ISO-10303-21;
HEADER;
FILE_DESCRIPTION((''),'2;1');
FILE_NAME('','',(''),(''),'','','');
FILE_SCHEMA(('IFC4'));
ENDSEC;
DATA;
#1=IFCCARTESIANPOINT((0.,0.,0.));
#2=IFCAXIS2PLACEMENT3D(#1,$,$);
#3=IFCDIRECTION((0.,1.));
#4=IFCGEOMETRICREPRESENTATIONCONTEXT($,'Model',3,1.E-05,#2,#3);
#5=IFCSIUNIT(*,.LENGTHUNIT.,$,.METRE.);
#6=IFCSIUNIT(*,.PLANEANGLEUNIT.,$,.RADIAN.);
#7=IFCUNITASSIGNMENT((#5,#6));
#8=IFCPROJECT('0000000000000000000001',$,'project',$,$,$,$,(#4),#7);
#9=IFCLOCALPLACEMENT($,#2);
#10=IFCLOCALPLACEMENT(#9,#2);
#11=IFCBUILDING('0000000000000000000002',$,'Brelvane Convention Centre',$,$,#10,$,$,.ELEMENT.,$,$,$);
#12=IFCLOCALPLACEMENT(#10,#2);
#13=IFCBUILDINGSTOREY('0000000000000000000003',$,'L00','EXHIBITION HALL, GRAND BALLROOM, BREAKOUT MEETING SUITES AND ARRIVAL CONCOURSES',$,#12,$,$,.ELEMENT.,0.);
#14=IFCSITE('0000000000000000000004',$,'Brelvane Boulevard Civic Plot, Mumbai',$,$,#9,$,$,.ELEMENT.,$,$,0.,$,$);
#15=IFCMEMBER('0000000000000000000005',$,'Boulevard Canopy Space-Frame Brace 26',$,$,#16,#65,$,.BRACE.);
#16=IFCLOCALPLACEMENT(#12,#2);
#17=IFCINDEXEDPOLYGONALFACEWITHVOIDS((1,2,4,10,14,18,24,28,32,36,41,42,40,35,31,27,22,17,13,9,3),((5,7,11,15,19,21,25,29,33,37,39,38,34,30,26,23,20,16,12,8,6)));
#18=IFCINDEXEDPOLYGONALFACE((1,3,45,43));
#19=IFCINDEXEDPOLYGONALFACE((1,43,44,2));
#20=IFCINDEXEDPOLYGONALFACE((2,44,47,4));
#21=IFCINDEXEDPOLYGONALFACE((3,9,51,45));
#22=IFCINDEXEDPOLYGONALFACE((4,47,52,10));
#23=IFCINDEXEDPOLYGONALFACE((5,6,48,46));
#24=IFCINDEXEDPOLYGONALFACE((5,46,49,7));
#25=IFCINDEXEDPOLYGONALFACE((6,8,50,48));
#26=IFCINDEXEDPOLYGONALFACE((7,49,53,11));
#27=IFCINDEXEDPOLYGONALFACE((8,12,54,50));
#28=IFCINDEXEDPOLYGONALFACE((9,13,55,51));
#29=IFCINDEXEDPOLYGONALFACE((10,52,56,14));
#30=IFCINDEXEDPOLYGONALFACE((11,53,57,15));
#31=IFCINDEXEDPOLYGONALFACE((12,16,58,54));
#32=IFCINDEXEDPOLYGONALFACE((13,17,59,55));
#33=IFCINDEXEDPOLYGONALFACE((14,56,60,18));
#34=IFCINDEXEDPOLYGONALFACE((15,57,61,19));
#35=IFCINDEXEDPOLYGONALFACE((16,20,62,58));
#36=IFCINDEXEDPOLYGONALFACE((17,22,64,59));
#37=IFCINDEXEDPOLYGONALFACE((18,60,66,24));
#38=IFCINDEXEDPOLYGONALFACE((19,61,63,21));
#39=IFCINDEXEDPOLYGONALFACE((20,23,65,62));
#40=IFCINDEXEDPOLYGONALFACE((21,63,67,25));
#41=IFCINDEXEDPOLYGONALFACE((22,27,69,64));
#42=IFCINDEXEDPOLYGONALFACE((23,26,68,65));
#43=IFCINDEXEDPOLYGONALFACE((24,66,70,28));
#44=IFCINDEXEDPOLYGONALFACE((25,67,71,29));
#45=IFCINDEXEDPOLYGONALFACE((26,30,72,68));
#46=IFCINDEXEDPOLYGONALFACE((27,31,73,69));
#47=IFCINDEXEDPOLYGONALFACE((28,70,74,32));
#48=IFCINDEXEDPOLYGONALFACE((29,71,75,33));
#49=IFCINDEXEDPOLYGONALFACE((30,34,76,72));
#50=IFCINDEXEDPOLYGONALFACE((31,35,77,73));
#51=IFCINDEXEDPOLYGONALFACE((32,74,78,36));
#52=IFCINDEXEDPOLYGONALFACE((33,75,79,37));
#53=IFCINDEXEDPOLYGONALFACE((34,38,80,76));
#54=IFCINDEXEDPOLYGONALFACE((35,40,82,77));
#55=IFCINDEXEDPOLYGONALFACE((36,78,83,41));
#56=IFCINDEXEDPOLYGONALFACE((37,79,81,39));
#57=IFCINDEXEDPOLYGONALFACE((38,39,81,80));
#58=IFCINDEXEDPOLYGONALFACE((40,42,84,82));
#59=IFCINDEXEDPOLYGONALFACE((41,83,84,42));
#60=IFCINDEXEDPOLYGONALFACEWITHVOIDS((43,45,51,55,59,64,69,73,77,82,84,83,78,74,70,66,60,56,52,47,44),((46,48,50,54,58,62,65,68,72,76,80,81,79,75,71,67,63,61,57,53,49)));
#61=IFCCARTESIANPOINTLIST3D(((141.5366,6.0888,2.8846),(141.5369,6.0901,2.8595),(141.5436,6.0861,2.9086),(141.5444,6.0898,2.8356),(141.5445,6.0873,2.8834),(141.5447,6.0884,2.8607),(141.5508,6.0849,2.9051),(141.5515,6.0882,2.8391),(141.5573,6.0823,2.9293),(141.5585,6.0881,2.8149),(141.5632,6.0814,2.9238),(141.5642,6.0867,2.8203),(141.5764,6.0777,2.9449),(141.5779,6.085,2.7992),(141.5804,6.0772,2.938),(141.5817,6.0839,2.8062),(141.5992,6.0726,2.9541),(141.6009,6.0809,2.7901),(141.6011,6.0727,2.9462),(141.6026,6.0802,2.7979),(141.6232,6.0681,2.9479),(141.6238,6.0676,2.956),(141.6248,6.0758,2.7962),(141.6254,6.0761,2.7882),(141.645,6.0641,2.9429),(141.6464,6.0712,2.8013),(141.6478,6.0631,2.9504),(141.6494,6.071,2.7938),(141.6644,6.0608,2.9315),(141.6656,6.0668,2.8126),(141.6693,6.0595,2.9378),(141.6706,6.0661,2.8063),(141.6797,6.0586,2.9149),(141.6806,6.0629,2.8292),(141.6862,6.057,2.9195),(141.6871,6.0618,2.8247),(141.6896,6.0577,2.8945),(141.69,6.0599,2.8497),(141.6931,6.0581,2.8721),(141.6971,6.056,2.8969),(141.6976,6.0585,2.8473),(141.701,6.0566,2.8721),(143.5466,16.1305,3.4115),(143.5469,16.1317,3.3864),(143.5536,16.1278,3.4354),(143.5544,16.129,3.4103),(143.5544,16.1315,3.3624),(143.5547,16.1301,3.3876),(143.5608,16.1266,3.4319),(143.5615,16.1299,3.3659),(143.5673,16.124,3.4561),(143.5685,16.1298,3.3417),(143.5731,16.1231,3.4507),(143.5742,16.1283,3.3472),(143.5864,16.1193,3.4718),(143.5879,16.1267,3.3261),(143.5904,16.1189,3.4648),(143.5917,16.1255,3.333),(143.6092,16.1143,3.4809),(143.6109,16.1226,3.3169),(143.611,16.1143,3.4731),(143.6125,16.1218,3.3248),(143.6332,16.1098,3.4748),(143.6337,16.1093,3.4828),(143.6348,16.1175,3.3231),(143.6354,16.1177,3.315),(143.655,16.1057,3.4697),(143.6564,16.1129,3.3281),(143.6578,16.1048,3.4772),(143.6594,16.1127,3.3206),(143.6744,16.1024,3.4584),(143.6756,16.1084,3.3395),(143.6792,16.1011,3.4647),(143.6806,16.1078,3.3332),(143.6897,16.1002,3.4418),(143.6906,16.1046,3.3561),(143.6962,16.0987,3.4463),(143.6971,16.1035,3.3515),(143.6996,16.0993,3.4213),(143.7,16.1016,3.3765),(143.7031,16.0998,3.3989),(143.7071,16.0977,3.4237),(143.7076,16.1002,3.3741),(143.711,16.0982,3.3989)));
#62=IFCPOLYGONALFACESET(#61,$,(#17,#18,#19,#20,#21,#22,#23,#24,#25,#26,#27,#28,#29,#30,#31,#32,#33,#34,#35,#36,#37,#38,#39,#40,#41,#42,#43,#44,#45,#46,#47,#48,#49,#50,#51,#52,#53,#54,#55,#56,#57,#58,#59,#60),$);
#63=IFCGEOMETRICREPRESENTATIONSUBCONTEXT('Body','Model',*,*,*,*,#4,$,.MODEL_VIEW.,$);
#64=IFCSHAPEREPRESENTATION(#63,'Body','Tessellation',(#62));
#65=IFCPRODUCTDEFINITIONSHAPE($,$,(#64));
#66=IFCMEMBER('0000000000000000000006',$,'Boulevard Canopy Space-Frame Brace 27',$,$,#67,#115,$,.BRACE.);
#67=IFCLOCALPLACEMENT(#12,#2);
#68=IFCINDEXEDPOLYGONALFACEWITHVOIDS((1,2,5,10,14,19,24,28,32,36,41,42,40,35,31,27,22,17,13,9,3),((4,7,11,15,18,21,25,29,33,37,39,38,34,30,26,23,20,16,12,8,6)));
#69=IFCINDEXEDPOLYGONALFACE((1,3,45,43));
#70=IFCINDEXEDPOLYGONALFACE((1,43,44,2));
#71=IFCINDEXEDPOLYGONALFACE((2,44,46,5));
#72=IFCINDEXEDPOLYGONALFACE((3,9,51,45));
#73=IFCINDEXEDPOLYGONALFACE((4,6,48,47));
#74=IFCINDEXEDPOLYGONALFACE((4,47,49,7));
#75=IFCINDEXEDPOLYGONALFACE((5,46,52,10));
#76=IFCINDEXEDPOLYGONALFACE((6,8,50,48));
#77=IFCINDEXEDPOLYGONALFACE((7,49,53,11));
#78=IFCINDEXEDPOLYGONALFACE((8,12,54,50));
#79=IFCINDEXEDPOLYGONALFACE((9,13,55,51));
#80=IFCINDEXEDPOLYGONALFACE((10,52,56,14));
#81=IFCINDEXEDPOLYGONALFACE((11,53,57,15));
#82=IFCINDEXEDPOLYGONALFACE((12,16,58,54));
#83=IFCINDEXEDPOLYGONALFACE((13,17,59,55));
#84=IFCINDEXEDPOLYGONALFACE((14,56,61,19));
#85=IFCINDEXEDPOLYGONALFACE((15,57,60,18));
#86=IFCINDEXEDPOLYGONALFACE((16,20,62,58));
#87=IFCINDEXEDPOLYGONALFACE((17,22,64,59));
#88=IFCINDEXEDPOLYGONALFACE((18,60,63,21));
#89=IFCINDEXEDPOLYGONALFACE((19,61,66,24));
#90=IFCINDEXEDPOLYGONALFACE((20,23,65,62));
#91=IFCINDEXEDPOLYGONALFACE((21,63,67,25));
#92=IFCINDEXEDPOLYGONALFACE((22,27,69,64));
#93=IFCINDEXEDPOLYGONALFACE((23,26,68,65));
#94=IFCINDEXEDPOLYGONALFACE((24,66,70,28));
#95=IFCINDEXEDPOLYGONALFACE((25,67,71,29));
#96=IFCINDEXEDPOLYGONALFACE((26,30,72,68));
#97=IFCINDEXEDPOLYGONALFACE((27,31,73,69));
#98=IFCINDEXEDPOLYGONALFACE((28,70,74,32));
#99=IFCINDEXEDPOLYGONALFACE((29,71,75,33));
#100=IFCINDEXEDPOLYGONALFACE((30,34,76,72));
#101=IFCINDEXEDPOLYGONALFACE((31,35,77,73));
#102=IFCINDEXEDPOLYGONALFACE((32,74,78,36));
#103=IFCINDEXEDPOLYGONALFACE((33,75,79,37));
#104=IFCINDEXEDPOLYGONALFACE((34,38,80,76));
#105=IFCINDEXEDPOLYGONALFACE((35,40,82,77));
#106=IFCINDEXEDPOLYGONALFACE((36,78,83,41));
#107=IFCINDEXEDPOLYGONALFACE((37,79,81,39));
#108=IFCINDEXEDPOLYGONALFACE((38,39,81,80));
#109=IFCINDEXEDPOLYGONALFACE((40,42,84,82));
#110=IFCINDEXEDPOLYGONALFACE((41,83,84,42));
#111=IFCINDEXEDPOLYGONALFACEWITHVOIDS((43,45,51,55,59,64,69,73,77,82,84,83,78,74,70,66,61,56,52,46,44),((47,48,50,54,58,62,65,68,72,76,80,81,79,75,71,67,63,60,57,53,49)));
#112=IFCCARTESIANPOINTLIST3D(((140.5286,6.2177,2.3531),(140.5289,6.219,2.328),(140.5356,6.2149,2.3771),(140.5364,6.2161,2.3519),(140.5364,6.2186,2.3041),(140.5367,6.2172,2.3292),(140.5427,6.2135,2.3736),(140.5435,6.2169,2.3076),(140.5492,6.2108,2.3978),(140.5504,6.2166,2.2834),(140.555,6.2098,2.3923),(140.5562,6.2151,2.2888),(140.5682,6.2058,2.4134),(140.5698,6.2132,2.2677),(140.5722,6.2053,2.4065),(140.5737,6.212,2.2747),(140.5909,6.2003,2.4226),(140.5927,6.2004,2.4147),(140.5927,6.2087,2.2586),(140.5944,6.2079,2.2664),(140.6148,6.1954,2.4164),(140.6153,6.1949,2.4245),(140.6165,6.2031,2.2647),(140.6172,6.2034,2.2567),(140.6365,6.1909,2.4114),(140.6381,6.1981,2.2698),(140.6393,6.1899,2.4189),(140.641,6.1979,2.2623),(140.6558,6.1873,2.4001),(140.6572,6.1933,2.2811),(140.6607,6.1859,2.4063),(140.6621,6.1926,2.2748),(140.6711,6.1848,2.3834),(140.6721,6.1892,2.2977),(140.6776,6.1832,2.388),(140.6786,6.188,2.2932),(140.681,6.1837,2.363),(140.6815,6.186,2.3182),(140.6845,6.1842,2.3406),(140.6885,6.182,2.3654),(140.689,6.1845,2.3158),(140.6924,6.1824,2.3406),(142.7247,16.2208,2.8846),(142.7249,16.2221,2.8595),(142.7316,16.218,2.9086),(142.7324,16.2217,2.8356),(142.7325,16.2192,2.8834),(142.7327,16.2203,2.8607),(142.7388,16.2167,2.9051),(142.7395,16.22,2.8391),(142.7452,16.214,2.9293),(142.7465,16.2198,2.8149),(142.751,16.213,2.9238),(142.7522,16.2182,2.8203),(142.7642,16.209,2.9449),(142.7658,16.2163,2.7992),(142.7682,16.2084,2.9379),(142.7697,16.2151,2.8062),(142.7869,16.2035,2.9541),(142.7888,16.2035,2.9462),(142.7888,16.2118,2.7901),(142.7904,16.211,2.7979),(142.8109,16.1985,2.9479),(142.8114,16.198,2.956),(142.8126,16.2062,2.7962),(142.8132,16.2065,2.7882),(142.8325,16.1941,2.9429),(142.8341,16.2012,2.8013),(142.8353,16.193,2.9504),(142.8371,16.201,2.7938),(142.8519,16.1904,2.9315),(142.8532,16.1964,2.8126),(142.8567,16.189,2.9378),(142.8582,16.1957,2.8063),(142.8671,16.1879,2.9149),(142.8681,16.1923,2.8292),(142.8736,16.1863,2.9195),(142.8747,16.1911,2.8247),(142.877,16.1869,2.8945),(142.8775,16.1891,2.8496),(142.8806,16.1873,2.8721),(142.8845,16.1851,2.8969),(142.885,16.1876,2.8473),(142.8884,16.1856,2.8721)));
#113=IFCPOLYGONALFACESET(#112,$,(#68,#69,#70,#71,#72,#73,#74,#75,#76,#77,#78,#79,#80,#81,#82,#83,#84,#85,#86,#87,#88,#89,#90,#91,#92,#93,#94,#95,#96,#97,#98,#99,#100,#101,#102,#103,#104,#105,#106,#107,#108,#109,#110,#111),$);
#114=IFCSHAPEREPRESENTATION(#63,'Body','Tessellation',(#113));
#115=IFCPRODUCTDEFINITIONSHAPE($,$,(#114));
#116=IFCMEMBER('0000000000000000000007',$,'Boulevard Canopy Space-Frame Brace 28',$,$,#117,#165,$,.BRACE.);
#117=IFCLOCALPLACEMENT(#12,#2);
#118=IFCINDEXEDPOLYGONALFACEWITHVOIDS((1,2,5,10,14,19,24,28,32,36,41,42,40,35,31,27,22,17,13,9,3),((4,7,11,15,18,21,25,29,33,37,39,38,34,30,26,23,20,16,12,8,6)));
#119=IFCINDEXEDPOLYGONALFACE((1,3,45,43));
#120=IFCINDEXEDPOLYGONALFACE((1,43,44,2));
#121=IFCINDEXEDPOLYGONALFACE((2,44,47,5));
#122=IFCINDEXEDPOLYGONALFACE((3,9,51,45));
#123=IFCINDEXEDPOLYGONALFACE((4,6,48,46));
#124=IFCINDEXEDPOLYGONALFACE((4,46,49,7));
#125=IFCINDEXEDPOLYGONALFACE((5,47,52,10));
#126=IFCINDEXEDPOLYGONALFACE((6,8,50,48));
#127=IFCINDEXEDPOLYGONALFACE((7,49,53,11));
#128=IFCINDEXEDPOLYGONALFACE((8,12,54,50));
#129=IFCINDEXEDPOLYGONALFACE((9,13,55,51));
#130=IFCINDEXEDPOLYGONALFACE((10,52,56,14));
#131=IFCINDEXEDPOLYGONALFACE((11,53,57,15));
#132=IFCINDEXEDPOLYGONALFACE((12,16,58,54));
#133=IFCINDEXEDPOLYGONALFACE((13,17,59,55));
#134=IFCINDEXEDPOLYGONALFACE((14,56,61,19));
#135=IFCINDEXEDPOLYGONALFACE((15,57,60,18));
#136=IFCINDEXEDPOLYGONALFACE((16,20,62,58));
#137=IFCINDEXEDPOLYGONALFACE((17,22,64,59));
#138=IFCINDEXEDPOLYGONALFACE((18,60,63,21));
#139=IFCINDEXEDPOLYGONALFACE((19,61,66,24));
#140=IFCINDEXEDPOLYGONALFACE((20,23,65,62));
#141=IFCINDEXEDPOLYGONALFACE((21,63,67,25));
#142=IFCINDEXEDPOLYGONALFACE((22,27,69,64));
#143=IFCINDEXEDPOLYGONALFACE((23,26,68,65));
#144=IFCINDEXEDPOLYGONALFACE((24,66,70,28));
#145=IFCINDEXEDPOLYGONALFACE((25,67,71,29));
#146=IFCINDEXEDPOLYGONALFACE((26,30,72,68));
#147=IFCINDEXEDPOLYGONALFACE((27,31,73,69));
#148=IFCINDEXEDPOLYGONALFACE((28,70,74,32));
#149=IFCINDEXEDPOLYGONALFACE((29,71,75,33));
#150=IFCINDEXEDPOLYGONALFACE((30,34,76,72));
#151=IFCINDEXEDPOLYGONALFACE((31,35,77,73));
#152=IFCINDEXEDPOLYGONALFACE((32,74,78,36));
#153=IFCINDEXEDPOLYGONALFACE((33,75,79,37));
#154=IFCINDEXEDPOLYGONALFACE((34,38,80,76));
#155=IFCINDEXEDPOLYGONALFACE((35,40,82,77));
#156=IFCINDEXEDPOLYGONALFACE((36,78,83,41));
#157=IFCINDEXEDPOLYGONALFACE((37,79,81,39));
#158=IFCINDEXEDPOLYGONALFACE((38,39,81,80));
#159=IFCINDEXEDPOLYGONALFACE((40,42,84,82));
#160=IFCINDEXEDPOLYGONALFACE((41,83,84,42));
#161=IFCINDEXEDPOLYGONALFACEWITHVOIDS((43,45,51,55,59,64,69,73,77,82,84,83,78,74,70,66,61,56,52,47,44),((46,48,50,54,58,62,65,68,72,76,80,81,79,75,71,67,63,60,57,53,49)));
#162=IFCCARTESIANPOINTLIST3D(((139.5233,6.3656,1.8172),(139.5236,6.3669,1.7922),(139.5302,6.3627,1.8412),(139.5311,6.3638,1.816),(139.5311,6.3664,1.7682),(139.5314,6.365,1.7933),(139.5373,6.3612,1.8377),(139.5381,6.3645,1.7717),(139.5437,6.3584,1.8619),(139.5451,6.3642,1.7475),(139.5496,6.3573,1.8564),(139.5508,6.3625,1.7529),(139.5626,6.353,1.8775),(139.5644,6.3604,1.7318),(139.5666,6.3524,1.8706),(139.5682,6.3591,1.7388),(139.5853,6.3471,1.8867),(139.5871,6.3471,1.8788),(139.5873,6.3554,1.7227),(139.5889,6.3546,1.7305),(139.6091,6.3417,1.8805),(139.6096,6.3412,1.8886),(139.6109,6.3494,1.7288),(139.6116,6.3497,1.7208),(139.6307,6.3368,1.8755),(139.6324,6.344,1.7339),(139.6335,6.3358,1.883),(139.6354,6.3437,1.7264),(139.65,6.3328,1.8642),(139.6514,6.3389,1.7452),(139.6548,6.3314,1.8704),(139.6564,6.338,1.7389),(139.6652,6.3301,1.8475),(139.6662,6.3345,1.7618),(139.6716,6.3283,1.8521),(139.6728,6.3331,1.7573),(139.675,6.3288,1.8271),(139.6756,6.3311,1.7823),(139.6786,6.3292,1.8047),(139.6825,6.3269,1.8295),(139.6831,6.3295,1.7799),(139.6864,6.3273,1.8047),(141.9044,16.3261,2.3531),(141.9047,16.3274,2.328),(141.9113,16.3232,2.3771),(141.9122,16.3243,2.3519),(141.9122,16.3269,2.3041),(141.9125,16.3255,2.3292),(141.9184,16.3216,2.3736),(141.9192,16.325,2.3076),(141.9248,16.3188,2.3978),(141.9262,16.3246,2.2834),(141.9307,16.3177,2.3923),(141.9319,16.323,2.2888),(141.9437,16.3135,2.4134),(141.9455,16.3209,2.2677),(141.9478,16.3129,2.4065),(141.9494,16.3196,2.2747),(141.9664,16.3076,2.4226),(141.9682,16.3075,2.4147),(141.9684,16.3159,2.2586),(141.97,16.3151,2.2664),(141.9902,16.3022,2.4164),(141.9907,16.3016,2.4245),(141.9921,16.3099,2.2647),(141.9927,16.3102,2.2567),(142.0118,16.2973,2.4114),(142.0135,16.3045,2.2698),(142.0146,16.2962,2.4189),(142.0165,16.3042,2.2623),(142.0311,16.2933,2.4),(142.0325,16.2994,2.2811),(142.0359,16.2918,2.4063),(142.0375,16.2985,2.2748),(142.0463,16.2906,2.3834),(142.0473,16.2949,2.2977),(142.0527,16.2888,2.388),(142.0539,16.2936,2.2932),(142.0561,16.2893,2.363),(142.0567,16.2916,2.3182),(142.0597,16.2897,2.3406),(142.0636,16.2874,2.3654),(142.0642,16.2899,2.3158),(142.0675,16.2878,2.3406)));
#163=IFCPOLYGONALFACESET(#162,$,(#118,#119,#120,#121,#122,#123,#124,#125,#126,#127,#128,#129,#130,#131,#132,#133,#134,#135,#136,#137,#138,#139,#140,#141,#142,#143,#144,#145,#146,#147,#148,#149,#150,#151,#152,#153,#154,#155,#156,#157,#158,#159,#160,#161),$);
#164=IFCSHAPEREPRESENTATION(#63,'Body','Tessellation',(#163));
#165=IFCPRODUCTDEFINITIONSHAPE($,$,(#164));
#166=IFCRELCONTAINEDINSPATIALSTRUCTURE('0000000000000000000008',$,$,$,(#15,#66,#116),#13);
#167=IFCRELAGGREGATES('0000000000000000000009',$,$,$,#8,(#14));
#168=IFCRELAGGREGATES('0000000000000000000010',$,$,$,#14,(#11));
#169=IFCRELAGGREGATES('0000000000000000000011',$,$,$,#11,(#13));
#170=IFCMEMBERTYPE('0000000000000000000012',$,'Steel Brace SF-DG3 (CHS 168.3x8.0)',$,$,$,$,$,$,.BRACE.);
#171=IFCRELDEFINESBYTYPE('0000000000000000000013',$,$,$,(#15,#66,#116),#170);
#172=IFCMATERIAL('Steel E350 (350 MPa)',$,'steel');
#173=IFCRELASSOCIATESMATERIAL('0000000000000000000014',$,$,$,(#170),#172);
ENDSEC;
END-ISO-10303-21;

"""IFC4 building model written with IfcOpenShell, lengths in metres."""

from ifc_helpers import new_model, si_unit, direction, frame, origin, origin_2d, place, context, subcontext, project, spatial, hollow_circle, extrude, material, material_profile, profile_set, type_object, element, save


model = new_model("IFC4")

# Units and contexts
model_context = context("Model", 3, precision=1e-05, world=origin(), true_north=direction((0.0, 1.0)))
body_context = subcontext(model_context, "Body", "Model", "MODEL_VIEW")
ifc_project = project(units=[si_unit("LENGTHUNIT", "METRE"), si_unit("PLANEANGLEUNIT", "RADIAN")], contexts=[model_context])

# Site, building, storey
site_placement = place(None, origin())
site = spatial("IfcSite", under=ifc_project, at=site_placement, Name="Brelvane Boulevard Civic Plot, Mumbai", CompositionType="ELEMENT", RefElevation=0.0)
building_placement = place(site_placement, origin())
building = spatial("IfcBuilding", under=site, at=building_placement, Name="Brelvane Convention Centre", CompositionType="ELEMENT")
storey_placement = place(building_placement, origin())
storey = spatial("IfcBuildingStorey", under=building, at=storey_placement, Name="L00", Description="EXHIBITION HALL, GRAND BALLROOM, BREAKOUT MEETING SUITES AND ARRIVAL CONCOURSES", CompositionType="ELEMENT", Elevation=0.0)

# Members
ifc_material_1 = material(Name="Steel E350 (350 MPa)", Category="steel")
ifc_material_profile_1 = material_profile(ifc_material_1, hollow_circle(Radius=0.0842, WallThickness=0.0081, at=origin_2d()), Name="CHS 168.3x8.0")
ifc_profile_set_1 = profile_set([ifc_material_profile_1], Name="Steel E350 (350 MPa)")
member_type_1 = type_object("IfcMemberType", Name="Steel Brace SF-DG3 (CHS 168.3x8.0)", PredefinedType="BRACE", material=ifc_profile_set_1)
for number, where, z_axis, x_axis, name in (
    (1, (143.6284, 16.1147, 3.3989), (-0.196013, -0.979254, -0.051378), (0.980549, -0.196272, 0.0), "Boulevard Canopy Space-Frame Brace 26"),
):
    element("IfcMember", number, at=place(storey_placement, frame(where, z_axis=z_axis, x_axis=x_axis)), inside=storey, type_object=member_type_1, Name=name, PredefinedType="BRACE", context=body_context, shape_type="SweptSolid", body=[
        extrude(hollow_circle(Radius=0.0842, WallThickness=0.0081, at=origin_2d()), origin(), (0.0, 0.0, 1.0), 10.2544),
    ])
for number, where, z_axis, x_axis, name in (
    (2, (142.8062, 16.2036, 2.8721), (-0.21414, -0.975427, -0.051827), (0.97674, -0.214428, 0.0), "Boulevard Canopy Space-Frame Brace 27"),
    (3, (141.9856, 16.3074, 2.3406), (-0.232187, -0.971266, -0.052256), (0.972595, -0.232505, 0.0), "Boulevard Canopy Space-Frame Brace 28"),
):
    element("IfcMember", number, at=place(storey_placement, frame(where, z_axis=z_axis, x_axis=x_axis)), inside=storey, type_object=member_type_1, Name=name, PredefinedType="BRACE", context=body_context, shape_type="SweptSolid", body=[
        extrude(hollow_circle(Radius=0.0842, WallThickness=0.0081, at=origin_2d()), origin(), (0.0, 0.0, 1.0), 10.2551),
    ])

save(model, "model.ifc")
